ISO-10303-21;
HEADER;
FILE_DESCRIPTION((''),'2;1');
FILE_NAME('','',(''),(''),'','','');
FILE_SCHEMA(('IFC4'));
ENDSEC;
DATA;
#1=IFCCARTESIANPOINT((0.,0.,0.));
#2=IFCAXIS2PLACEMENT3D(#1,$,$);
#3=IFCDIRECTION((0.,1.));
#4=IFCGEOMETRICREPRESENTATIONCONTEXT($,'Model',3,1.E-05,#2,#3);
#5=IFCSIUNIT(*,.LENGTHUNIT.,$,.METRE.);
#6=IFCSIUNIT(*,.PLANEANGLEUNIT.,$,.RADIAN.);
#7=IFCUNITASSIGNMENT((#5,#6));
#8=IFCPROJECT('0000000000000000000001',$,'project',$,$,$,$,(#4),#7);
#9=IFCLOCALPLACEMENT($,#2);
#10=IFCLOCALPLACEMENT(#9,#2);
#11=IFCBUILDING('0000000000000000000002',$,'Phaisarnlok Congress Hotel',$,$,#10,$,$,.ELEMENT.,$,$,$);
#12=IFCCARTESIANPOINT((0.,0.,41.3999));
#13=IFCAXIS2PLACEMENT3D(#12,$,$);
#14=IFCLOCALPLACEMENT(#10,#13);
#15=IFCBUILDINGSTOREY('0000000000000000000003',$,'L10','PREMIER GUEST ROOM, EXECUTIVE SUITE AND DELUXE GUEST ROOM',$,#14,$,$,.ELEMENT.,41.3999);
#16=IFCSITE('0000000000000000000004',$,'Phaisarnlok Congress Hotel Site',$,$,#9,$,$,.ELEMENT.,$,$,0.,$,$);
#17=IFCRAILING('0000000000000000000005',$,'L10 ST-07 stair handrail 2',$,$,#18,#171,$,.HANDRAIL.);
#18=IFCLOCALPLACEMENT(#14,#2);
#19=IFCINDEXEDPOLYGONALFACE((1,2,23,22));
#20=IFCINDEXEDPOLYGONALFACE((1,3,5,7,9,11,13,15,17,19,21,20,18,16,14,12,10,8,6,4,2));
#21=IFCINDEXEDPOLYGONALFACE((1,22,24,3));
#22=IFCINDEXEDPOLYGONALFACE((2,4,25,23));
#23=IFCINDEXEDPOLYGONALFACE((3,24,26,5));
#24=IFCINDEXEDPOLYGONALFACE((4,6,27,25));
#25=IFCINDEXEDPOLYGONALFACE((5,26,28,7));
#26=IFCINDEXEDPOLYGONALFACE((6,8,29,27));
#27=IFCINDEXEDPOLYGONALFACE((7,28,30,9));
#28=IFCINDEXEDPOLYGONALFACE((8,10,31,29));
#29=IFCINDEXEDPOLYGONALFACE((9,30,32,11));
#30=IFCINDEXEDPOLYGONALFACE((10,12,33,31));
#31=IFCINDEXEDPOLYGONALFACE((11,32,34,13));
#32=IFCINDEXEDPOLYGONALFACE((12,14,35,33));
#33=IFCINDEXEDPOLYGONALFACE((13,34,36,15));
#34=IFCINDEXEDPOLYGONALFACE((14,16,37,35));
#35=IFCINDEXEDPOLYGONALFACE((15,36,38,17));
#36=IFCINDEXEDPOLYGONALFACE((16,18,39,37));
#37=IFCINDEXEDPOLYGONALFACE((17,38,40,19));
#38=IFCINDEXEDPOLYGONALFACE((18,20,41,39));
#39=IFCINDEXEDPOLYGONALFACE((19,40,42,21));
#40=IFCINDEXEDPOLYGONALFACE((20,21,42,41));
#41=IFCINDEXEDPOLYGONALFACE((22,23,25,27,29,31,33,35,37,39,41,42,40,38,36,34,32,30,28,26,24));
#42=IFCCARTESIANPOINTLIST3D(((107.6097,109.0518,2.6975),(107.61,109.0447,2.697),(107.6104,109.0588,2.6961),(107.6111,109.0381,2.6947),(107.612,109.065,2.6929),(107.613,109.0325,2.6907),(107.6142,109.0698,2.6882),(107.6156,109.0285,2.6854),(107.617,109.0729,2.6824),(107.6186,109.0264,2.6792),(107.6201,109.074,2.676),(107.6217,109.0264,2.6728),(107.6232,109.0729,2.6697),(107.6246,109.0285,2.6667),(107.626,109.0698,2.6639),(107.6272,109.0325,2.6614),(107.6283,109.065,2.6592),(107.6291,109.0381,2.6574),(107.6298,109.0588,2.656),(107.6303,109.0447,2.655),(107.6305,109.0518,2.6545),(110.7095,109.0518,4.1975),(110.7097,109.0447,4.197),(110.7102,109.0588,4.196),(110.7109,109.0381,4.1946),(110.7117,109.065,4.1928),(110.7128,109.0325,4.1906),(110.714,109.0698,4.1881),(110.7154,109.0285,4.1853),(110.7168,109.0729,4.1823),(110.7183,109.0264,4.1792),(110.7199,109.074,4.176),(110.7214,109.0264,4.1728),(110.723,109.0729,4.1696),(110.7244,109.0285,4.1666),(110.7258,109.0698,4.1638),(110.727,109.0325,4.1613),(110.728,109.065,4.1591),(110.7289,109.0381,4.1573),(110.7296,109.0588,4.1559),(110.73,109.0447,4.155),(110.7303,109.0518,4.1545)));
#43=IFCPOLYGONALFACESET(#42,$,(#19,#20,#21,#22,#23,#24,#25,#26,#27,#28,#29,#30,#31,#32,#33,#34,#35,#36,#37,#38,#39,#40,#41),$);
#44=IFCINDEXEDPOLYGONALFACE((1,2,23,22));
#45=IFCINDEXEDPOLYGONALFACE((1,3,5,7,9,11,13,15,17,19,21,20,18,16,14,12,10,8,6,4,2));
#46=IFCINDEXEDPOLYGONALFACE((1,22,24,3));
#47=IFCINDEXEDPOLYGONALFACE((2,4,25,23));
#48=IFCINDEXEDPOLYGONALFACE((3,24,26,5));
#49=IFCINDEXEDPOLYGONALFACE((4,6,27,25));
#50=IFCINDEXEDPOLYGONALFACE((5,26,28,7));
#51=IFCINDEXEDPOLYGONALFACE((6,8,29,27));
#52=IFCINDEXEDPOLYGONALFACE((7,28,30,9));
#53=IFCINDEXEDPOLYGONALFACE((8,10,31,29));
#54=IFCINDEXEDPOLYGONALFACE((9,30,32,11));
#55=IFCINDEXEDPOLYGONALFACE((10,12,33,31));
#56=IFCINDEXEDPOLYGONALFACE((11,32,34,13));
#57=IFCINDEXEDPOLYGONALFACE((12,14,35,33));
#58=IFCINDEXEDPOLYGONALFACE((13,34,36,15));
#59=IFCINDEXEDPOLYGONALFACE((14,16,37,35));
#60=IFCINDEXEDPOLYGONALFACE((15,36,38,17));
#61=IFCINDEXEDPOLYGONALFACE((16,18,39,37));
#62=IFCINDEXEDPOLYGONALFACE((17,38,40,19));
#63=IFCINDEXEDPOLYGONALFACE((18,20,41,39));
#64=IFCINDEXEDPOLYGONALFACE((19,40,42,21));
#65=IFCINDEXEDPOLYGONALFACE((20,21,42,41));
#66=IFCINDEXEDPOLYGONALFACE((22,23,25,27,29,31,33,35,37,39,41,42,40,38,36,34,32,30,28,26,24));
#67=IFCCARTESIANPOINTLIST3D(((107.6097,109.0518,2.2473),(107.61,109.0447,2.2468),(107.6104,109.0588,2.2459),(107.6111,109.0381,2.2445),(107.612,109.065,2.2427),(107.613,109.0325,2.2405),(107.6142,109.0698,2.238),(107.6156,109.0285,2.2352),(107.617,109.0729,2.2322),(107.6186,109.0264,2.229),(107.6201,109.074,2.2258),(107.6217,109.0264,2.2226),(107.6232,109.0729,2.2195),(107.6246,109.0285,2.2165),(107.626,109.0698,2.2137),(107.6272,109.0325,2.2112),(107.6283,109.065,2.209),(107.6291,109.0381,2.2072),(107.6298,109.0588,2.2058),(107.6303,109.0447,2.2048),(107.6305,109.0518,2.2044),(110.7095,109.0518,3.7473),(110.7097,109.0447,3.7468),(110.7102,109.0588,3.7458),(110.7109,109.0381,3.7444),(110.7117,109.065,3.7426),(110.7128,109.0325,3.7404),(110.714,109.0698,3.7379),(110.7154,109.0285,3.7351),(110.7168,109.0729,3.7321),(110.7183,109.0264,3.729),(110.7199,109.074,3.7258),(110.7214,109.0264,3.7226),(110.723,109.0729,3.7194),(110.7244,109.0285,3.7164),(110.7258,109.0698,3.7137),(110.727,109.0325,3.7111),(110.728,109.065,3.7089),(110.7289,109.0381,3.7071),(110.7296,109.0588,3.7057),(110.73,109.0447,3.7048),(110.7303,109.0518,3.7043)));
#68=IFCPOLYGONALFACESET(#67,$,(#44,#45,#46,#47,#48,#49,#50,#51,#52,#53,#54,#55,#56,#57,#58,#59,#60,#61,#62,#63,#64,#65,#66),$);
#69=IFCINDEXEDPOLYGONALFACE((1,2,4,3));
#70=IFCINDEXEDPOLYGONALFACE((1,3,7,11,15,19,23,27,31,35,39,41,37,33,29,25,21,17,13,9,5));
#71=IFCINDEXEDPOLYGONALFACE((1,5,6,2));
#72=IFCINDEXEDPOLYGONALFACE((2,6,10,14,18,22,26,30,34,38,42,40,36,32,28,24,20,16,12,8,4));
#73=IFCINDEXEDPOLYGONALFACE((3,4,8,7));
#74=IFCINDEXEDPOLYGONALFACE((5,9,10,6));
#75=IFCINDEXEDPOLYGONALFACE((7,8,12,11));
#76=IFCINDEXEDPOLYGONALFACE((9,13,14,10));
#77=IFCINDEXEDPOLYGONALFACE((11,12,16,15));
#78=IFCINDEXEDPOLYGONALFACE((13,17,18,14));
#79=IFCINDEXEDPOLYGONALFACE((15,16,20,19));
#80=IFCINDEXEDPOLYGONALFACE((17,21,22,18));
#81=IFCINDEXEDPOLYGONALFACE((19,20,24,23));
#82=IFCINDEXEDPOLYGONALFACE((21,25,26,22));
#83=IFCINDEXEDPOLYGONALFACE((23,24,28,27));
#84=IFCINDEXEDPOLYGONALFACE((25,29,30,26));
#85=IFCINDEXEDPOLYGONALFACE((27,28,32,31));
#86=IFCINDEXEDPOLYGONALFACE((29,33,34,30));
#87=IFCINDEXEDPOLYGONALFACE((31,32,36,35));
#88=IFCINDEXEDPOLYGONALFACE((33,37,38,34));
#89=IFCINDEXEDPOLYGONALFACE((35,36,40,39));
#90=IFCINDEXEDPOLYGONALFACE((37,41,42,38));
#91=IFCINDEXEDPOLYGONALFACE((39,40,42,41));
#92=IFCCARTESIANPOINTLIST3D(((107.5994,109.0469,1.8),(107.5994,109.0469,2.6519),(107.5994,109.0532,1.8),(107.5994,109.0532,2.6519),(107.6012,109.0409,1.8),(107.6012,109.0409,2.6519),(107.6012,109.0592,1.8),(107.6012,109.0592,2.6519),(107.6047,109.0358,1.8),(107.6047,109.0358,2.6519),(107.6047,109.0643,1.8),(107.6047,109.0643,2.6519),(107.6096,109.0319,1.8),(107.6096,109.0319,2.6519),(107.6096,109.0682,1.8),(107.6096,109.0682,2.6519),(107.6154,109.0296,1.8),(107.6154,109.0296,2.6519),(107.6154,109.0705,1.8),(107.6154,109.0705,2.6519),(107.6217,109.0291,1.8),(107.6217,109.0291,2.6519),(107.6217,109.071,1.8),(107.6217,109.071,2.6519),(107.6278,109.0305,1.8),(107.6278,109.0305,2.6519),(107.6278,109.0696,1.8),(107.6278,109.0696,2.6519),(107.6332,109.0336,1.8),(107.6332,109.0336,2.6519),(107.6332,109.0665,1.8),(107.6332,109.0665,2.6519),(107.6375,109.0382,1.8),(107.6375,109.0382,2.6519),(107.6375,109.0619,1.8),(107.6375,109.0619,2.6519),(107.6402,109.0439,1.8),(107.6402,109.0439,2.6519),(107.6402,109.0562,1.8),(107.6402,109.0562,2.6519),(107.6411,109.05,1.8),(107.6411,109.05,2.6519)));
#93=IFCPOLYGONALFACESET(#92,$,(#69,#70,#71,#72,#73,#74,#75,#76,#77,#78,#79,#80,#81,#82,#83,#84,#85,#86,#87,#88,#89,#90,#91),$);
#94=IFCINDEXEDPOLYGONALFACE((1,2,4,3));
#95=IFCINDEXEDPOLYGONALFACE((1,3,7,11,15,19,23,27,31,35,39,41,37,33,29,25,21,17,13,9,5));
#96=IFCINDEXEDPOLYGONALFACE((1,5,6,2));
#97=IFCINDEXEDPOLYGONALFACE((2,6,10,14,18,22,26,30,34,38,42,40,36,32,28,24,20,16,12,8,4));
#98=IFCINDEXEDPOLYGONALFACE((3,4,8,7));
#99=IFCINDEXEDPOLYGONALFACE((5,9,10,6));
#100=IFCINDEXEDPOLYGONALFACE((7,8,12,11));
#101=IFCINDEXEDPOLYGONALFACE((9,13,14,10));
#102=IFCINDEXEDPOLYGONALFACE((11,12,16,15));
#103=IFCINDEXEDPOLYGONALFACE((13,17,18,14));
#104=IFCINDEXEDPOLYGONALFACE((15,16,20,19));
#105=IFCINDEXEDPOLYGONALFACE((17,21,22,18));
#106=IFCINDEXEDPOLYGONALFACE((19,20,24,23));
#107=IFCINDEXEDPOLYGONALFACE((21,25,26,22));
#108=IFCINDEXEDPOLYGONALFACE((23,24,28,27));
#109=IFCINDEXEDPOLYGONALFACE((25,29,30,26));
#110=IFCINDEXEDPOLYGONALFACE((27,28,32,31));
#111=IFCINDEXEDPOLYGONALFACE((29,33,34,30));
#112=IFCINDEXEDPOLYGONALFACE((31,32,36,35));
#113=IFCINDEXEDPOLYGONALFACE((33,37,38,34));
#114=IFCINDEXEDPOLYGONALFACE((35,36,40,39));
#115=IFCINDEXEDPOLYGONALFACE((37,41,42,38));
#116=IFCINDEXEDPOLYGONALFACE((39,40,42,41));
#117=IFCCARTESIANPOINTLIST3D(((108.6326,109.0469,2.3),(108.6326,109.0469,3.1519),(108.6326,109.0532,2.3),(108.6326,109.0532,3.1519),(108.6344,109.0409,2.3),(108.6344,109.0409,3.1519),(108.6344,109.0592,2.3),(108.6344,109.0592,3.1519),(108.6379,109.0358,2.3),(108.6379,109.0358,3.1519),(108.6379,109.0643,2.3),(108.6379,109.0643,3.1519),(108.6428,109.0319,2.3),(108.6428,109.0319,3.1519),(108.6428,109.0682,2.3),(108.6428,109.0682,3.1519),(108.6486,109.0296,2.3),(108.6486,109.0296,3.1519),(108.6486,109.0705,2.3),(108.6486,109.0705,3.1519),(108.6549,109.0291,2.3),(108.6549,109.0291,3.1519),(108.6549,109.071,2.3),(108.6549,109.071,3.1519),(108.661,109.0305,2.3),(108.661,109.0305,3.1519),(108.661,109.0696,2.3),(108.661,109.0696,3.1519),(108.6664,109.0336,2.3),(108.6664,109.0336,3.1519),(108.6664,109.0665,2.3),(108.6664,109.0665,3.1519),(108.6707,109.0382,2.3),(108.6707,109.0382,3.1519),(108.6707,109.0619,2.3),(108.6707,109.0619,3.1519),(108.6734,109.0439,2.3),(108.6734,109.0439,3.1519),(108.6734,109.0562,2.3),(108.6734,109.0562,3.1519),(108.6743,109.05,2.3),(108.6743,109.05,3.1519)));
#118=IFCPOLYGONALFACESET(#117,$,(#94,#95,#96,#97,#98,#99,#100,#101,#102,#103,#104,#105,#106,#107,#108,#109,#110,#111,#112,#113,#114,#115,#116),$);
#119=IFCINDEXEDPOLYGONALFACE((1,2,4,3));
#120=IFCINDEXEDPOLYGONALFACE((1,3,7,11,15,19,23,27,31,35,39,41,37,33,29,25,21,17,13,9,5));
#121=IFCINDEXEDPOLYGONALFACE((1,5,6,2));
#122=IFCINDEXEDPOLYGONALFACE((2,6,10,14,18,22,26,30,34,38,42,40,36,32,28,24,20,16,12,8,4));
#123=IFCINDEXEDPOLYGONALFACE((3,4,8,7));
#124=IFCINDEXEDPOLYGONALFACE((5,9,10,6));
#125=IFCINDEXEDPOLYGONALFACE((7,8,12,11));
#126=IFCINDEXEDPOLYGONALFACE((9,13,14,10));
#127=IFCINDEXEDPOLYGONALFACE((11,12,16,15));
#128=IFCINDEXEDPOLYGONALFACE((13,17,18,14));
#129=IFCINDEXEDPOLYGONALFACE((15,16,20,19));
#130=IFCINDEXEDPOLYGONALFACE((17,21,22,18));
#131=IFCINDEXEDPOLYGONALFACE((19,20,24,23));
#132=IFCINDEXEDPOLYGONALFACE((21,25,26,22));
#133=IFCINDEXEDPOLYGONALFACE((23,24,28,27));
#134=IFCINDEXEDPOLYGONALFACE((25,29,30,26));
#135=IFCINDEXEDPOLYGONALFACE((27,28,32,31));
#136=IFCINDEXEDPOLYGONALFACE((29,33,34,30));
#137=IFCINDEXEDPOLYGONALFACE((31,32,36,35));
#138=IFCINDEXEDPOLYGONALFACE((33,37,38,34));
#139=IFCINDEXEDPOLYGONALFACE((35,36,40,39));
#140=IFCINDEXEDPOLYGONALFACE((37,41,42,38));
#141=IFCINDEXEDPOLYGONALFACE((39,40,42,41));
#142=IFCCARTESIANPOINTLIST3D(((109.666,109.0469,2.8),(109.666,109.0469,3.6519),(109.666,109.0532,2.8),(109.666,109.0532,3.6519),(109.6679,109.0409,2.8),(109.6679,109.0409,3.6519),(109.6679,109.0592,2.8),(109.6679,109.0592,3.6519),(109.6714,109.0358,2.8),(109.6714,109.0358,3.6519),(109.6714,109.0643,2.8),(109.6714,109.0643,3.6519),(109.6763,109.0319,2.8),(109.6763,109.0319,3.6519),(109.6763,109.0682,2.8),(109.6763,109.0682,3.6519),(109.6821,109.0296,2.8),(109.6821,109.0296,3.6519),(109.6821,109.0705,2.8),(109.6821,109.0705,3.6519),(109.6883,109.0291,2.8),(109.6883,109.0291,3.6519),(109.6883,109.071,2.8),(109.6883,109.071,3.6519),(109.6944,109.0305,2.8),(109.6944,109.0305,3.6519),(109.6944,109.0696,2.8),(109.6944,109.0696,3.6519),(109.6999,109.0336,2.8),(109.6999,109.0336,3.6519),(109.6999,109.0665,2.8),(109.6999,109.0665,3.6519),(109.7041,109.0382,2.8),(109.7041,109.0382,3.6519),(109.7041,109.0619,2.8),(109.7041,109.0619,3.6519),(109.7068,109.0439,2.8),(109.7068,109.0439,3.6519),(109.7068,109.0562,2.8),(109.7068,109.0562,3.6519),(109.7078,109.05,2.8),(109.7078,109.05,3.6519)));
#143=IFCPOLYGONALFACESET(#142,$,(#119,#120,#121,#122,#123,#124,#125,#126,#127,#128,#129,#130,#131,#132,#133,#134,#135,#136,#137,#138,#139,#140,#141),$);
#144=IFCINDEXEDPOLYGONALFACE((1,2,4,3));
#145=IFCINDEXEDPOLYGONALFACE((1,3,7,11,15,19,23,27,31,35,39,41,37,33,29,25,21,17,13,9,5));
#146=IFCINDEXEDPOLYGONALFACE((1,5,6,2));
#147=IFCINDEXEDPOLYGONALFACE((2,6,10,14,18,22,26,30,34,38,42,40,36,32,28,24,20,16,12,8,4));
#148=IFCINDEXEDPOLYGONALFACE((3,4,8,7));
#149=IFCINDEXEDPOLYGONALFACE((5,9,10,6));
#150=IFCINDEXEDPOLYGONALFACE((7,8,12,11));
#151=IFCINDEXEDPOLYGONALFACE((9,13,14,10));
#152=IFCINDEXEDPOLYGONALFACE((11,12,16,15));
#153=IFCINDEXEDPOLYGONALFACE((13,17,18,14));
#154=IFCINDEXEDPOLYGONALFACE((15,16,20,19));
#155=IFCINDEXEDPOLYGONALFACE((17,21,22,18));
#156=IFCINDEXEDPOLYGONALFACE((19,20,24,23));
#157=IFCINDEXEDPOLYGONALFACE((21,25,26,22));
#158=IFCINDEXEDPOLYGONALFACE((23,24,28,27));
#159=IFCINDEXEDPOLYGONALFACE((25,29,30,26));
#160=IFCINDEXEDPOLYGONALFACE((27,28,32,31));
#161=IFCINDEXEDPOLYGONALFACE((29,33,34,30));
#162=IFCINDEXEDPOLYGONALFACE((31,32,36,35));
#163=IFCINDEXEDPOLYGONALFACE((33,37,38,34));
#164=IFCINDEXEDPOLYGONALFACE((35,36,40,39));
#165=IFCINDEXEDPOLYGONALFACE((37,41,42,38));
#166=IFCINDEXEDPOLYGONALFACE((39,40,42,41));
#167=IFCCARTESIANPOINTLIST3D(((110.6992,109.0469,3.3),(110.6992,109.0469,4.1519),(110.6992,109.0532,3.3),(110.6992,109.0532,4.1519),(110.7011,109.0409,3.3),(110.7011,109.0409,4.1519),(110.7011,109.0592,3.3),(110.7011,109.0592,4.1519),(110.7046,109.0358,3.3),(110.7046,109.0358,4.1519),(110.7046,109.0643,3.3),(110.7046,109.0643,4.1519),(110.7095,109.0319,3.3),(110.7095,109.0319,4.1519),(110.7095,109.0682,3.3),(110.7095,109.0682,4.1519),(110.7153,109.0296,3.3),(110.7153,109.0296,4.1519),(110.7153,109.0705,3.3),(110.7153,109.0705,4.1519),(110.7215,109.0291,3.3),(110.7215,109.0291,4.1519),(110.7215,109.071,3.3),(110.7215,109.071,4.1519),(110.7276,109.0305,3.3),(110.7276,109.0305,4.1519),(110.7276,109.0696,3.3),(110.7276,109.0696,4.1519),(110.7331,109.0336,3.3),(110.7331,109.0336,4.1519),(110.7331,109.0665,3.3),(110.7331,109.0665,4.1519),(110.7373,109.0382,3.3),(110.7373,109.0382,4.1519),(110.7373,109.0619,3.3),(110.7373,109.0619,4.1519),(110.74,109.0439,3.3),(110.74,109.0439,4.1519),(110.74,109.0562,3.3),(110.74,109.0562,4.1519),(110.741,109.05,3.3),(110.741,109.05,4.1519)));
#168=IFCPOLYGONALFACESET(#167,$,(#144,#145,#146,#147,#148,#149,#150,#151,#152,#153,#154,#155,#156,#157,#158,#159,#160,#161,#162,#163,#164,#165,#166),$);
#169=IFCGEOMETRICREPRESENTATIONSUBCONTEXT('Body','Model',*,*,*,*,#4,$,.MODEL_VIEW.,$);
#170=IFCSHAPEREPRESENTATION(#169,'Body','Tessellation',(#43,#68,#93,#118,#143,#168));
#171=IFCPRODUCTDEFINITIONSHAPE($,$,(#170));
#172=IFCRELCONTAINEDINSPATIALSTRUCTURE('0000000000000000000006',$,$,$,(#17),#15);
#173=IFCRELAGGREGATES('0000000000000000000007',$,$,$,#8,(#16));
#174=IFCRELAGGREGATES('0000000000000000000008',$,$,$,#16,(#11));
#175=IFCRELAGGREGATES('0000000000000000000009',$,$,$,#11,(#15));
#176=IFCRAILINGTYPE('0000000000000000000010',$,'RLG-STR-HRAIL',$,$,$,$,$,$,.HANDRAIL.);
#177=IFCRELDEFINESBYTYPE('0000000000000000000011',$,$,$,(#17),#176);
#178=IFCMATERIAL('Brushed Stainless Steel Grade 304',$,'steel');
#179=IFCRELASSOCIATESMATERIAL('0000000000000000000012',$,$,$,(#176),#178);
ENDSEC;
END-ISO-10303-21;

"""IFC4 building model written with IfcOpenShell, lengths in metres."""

from ifc_helpers import new_model, si_unit, direction, frame, origin, origin_2d, place, context, subcontext, project, spatial, circle, extrude, material, type_object, element, save


model = new_model("IFC4")

# Units and contexts
model_context = context("Model", 3, precision=1e-05, world=origin(), true_north=direction((0.0, 1.0)))
body_context = subcontext(model_context, "Body", "Model", "MODEL_VIEW")
ifc_project = project(units=[si_unit("LENGTHUNIT", "METRE"), si_unit("PLANEANGLEUNIT", "RADIAN")], contexts=[model_context])

# Site, building, storey
site_placement = place(None, origin())
site = spatial("IfcSite", under=ifc_project, at=site_placement, Name="Phaisarnlok Congress Hotel Site", CompositionType="ELEMENT", RefElevation=0.0)
building_placement = place(site_placement, origin())
building = spatial("IfcBuilding", under=site, at=building_placement, Name="Phaisarnlok Congress Hotel", CompositionType="ELEMENT")
storey_placement = place(building_placement, frame((0.0, 0.0, 41.3999)))
storey = spatial("IfcBuildingStorey", under=building, at=storey_placement, Name="L10", Description="PREMIER GUEST ROOM, EXECUTIVE SUITE AND DELUXE GUEST ROOM", CompositionType="ELEMENT", Elevation=41.3999)

# Railing
ifc_material_1 = material(Name="Brushed Stainless Steel Grade 304", Category="steel")
railing_type_1 = type_object("IfcRailingType", Name="RLG-STR-HRAIL", PredefinedType="HANDRAIL", material=ifc_material_1)
railing_1_placement = place(storey_placement, frame((107.6201, 109.05, 1.8)))
element("IfcRailing", 1, at=railing_1_placement, inside=storey, type_object=railing_type_1, Name="L10 ST-07 stair handrail 2", PredefinedType="HANDRAIL", context=body_context, shape_type="SweptSolid", body=[
    extrude(circle(Radius=0.0239, at=origin_2d()), frame((0.0, 0.0, 0.876), z_axis=(0.900151, 0.0, 0.435578), x_axis=(0.0, 1.0, 0.0)), (0.0, 0.0, 1.0), 3.4436),
    extrude(circle(Radius=0.0239, at=origin_2d()), frame((0.0, 0.0, 0.4258), z_axis=(0.900151, 0.0, 0.435578), x_axis=(0.0, 1.0, 0.0)), (0.0, 0.0, 1.0), 3.4436),
    extrude(circle(Radius=0.021, at=origin_2d()), origin(), (0.0, 0.0, 1.0), 0.8518),
    extrude(circle(Radius=0.021, at=origin_2d()), frame((1.0332, 0.0, 0.5)), (0.0, 0.0, 1.0), 0.8518),
    extrude(circle(Radius=0.021, at=origin_2d()), frame((2.0667, 0.0, 1.0)), (0.0, 0.0, 1.0), 0.8518),
    extrude(circle(Radius=0.021, at=origin_2d()), frame((3.0999, 0.0, 1.5)), (0.0, 0.0, 1.0), 0.8518),
])

save(model, "model.ifc")
